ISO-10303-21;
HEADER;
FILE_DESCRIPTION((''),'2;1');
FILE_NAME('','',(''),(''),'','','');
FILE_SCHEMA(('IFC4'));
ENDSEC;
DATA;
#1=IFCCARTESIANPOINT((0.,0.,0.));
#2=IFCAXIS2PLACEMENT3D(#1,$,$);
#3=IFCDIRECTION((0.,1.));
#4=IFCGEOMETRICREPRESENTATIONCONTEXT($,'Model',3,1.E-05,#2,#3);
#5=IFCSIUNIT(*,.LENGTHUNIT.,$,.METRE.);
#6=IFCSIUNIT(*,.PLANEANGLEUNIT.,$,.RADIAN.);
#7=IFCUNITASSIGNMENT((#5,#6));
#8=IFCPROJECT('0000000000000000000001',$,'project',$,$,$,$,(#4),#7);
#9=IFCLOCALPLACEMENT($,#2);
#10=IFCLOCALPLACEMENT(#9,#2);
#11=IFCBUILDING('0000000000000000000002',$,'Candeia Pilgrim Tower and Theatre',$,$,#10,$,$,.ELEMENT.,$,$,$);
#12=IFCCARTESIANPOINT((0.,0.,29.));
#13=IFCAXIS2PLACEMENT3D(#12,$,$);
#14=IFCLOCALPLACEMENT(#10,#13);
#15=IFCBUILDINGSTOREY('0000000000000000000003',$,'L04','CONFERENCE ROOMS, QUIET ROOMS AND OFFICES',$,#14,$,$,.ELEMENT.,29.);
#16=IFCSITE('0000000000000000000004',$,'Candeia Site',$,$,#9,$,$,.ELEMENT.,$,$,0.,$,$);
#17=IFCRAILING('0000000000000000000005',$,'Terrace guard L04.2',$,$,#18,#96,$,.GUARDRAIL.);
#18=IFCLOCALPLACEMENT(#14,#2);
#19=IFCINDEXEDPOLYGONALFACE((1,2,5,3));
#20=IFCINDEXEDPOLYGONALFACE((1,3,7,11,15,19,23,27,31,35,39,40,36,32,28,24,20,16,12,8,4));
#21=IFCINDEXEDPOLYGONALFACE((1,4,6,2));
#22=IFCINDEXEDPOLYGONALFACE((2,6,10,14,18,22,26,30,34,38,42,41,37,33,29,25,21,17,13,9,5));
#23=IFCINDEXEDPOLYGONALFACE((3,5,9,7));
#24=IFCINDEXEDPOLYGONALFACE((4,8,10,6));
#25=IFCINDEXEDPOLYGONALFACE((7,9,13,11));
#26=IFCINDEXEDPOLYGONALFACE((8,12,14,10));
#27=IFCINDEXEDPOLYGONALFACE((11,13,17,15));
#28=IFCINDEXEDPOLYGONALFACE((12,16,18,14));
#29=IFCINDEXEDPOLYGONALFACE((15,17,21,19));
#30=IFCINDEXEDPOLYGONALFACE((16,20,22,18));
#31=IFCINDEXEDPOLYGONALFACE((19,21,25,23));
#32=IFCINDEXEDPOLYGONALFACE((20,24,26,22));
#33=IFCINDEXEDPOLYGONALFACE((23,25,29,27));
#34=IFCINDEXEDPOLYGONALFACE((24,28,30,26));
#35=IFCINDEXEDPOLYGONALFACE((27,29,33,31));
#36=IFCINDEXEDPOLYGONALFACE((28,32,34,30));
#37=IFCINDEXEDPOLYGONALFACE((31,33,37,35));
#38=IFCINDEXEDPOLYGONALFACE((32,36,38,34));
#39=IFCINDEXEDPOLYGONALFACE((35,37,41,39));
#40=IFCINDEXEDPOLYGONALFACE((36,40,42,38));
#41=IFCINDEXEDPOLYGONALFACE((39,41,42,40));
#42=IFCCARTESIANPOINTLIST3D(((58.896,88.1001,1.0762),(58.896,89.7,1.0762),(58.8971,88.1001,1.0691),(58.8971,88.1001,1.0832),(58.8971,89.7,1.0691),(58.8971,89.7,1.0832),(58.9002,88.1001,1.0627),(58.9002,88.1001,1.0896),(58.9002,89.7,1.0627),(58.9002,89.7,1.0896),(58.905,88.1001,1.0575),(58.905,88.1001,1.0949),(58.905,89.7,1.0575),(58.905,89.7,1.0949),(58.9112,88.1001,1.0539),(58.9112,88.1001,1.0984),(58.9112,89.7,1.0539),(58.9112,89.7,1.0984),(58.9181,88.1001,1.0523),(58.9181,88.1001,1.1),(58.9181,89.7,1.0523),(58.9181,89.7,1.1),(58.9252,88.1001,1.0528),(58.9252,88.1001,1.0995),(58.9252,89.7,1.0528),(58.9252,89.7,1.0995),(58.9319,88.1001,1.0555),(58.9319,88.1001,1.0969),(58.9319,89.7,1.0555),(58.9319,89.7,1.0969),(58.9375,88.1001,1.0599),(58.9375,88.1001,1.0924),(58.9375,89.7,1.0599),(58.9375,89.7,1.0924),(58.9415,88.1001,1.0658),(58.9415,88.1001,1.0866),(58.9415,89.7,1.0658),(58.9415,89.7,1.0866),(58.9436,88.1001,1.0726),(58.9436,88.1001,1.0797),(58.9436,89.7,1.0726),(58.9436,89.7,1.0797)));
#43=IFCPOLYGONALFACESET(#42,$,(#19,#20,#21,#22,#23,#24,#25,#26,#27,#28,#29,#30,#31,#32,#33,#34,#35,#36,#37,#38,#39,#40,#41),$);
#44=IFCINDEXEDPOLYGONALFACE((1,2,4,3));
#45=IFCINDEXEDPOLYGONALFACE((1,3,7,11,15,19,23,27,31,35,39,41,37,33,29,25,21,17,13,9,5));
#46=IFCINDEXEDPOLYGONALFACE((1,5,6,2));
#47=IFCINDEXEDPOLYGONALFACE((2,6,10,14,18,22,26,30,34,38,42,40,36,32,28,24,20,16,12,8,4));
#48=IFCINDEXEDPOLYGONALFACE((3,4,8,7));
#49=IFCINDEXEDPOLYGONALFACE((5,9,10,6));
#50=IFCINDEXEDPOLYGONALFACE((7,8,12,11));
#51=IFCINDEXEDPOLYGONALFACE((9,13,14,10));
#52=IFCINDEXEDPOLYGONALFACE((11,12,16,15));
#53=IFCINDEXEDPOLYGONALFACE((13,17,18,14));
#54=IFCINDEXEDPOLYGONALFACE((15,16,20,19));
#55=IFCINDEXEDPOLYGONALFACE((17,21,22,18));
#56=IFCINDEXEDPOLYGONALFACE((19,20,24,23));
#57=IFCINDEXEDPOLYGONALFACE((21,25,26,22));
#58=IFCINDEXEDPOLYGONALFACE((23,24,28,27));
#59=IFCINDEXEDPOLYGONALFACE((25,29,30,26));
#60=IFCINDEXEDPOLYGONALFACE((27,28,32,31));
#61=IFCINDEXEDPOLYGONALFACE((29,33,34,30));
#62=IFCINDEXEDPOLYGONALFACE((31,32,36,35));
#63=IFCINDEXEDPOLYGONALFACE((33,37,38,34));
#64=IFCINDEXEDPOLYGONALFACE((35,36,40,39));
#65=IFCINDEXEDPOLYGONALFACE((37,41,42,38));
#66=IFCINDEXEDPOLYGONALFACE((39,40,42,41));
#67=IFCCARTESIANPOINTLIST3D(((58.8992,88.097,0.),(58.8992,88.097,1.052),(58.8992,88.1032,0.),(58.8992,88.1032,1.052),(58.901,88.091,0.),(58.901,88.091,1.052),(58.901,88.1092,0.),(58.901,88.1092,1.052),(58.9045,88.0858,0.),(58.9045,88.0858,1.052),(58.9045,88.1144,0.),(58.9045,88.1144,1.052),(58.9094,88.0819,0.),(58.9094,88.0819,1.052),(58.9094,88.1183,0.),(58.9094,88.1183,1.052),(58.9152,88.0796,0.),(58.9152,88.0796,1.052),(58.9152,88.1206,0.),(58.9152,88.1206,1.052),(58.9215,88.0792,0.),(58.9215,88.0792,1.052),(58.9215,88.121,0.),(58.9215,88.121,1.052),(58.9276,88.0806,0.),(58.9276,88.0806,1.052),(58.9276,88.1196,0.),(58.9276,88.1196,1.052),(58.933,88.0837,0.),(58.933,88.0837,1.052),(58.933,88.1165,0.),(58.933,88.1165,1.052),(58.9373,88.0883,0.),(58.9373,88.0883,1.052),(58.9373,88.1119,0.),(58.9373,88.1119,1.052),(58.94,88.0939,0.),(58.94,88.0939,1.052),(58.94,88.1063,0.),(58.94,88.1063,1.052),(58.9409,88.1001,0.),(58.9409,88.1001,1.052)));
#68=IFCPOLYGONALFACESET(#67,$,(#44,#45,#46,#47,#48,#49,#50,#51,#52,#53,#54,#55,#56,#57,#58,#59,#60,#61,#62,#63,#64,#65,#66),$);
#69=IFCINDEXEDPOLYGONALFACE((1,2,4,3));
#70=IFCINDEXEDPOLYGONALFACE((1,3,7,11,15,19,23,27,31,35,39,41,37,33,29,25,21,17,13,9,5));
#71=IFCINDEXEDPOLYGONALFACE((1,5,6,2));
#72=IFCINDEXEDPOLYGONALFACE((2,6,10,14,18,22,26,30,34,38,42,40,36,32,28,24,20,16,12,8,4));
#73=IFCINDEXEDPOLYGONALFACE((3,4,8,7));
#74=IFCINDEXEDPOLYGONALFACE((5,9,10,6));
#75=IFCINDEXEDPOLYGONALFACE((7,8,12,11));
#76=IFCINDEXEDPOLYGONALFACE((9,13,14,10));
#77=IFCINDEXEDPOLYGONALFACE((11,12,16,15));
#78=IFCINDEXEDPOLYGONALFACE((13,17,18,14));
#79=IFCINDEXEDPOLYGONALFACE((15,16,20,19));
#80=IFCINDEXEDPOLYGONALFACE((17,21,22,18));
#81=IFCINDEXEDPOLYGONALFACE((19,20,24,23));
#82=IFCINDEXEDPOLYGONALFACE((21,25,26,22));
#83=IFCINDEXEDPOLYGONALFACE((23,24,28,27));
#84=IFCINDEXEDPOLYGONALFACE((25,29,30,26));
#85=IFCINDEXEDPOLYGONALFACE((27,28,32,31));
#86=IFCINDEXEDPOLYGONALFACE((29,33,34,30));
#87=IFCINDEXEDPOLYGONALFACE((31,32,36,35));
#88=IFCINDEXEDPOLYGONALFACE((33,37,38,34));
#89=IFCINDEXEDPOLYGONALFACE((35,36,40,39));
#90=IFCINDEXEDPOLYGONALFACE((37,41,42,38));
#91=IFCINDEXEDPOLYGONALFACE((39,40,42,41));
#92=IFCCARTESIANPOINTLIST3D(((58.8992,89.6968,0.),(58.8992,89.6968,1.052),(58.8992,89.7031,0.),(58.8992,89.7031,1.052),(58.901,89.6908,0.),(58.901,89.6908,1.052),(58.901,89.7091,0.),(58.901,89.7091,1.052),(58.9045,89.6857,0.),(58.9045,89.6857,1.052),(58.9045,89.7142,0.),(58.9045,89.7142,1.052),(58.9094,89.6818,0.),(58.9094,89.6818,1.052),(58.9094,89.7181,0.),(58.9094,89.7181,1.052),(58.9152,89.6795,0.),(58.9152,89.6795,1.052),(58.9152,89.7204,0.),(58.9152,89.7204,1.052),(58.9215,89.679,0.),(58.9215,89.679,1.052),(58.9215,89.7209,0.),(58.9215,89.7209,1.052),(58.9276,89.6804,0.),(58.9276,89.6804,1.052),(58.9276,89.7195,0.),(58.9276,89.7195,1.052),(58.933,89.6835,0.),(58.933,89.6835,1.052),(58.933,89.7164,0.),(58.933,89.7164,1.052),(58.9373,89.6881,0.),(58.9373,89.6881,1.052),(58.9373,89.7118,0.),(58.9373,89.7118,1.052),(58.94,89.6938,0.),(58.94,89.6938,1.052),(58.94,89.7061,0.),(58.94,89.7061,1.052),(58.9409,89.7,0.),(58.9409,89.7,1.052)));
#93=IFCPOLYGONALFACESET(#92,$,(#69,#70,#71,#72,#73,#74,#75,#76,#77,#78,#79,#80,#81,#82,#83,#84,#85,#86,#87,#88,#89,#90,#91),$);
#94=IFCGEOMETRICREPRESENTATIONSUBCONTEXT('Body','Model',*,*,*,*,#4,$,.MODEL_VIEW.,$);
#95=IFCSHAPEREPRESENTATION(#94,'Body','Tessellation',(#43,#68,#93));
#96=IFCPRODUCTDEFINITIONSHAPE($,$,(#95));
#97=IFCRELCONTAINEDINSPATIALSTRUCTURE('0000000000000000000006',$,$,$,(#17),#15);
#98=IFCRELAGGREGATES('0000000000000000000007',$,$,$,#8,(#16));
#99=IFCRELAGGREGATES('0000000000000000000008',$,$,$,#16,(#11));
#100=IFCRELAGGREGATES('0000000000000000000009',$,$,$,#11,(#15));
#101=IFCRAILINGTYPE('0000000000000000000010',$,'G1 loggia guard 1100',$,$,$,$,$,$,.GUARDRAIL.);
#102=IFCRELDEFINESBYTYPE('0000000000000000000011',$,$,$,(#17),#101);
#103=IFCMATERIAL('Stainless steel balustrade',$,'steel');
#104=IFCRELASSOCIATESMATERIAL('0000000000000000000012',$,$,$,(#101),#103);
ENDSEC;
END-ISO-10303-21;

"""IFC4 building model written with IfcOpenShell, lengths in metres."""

from ifc_helpers import new_model, si_unit, direction, frame, origin, origin_2d, place, context, subcontext, project, spatial, circle, extrude, material, type_object, element, save


model = new_model("IFC4")

# Units and contexts
model_context = context("Model", 3, precision=1e-05, world=origin(), true_north=direction((0.0, 1.0)))
body_context = subcontext(model_context, "Body", "Model", "MODEL_VIEW")
ifc_project = project(units=[si_unit("LENGTHUNIT", "METRE"), si_unit("PLANEANGLEUNIT", "RADIAN")], contexts=[model_context])

# Site, building, storey
site_placement = place(None, origin())
site = spatial("IfcSite", under=ifc_project, at=site_placement, Name="Candeia Site", CompositionType="ELEMENT", RefElevation=0.0)
building_placement = place(site_placement, origin())
building = spatial("IfcBuilding", under=site, at=building_placement, Name="Candeia Pilgrim Tower and Theatre", CompositionType="ELEMENT")
storey_placement = place(building_placement, frame((0.0, 0.0, 29.0)))
storey = spatial("IfcBuildingStorey", under=building, at=storey_placement, Name="L04", Description="CONFERENCE ROOMS, QUIET ROOMS AND OFFICES", CompositionType="ELEMENT", Elevation=29.0)

# Railing
ifc_material_1 = material(Name="Stainless steel balustrade", Category="steel")
railing_type_1 = type_object("IfcRailingType", Name="G1 loggia guard 1100", PredefinedType="GUARDRAIL", material=ifc_material_1)
railing_1_placement = place(storey_placement, frame((58.9199, 88.1001, 0.0)))
element("IfcRailing", 1, at=railing_1_placement, inside=storey, type_object=railing_type_1, Name="Terrace guard L04.2", PredefinedType="GUARDRAIL", context=body_context, shape_type="SweptSolid", body=[
    extrude(circle(Radius=0.0239, at=origin_2d()), frame((0.0, 0.0, 1.0762), z_axis=(0.0, 1.0, 0.0), x_axis=(-1.0, 0.0, 0.0)), (0.0, 0.0, 1.0), 1.5999),
    extrude(circle(Radius=0.021, at=origin_2d()), origin(), (0.0, 0.0, 1.0), 1.052),
    extrude(circle(Radius=0.021, at=origin_2d()), frame((0.0, 1.5999, 0.0)), (0.0, 0.0, 1.0), 1.052),
])

save(model, "model.ifc")
